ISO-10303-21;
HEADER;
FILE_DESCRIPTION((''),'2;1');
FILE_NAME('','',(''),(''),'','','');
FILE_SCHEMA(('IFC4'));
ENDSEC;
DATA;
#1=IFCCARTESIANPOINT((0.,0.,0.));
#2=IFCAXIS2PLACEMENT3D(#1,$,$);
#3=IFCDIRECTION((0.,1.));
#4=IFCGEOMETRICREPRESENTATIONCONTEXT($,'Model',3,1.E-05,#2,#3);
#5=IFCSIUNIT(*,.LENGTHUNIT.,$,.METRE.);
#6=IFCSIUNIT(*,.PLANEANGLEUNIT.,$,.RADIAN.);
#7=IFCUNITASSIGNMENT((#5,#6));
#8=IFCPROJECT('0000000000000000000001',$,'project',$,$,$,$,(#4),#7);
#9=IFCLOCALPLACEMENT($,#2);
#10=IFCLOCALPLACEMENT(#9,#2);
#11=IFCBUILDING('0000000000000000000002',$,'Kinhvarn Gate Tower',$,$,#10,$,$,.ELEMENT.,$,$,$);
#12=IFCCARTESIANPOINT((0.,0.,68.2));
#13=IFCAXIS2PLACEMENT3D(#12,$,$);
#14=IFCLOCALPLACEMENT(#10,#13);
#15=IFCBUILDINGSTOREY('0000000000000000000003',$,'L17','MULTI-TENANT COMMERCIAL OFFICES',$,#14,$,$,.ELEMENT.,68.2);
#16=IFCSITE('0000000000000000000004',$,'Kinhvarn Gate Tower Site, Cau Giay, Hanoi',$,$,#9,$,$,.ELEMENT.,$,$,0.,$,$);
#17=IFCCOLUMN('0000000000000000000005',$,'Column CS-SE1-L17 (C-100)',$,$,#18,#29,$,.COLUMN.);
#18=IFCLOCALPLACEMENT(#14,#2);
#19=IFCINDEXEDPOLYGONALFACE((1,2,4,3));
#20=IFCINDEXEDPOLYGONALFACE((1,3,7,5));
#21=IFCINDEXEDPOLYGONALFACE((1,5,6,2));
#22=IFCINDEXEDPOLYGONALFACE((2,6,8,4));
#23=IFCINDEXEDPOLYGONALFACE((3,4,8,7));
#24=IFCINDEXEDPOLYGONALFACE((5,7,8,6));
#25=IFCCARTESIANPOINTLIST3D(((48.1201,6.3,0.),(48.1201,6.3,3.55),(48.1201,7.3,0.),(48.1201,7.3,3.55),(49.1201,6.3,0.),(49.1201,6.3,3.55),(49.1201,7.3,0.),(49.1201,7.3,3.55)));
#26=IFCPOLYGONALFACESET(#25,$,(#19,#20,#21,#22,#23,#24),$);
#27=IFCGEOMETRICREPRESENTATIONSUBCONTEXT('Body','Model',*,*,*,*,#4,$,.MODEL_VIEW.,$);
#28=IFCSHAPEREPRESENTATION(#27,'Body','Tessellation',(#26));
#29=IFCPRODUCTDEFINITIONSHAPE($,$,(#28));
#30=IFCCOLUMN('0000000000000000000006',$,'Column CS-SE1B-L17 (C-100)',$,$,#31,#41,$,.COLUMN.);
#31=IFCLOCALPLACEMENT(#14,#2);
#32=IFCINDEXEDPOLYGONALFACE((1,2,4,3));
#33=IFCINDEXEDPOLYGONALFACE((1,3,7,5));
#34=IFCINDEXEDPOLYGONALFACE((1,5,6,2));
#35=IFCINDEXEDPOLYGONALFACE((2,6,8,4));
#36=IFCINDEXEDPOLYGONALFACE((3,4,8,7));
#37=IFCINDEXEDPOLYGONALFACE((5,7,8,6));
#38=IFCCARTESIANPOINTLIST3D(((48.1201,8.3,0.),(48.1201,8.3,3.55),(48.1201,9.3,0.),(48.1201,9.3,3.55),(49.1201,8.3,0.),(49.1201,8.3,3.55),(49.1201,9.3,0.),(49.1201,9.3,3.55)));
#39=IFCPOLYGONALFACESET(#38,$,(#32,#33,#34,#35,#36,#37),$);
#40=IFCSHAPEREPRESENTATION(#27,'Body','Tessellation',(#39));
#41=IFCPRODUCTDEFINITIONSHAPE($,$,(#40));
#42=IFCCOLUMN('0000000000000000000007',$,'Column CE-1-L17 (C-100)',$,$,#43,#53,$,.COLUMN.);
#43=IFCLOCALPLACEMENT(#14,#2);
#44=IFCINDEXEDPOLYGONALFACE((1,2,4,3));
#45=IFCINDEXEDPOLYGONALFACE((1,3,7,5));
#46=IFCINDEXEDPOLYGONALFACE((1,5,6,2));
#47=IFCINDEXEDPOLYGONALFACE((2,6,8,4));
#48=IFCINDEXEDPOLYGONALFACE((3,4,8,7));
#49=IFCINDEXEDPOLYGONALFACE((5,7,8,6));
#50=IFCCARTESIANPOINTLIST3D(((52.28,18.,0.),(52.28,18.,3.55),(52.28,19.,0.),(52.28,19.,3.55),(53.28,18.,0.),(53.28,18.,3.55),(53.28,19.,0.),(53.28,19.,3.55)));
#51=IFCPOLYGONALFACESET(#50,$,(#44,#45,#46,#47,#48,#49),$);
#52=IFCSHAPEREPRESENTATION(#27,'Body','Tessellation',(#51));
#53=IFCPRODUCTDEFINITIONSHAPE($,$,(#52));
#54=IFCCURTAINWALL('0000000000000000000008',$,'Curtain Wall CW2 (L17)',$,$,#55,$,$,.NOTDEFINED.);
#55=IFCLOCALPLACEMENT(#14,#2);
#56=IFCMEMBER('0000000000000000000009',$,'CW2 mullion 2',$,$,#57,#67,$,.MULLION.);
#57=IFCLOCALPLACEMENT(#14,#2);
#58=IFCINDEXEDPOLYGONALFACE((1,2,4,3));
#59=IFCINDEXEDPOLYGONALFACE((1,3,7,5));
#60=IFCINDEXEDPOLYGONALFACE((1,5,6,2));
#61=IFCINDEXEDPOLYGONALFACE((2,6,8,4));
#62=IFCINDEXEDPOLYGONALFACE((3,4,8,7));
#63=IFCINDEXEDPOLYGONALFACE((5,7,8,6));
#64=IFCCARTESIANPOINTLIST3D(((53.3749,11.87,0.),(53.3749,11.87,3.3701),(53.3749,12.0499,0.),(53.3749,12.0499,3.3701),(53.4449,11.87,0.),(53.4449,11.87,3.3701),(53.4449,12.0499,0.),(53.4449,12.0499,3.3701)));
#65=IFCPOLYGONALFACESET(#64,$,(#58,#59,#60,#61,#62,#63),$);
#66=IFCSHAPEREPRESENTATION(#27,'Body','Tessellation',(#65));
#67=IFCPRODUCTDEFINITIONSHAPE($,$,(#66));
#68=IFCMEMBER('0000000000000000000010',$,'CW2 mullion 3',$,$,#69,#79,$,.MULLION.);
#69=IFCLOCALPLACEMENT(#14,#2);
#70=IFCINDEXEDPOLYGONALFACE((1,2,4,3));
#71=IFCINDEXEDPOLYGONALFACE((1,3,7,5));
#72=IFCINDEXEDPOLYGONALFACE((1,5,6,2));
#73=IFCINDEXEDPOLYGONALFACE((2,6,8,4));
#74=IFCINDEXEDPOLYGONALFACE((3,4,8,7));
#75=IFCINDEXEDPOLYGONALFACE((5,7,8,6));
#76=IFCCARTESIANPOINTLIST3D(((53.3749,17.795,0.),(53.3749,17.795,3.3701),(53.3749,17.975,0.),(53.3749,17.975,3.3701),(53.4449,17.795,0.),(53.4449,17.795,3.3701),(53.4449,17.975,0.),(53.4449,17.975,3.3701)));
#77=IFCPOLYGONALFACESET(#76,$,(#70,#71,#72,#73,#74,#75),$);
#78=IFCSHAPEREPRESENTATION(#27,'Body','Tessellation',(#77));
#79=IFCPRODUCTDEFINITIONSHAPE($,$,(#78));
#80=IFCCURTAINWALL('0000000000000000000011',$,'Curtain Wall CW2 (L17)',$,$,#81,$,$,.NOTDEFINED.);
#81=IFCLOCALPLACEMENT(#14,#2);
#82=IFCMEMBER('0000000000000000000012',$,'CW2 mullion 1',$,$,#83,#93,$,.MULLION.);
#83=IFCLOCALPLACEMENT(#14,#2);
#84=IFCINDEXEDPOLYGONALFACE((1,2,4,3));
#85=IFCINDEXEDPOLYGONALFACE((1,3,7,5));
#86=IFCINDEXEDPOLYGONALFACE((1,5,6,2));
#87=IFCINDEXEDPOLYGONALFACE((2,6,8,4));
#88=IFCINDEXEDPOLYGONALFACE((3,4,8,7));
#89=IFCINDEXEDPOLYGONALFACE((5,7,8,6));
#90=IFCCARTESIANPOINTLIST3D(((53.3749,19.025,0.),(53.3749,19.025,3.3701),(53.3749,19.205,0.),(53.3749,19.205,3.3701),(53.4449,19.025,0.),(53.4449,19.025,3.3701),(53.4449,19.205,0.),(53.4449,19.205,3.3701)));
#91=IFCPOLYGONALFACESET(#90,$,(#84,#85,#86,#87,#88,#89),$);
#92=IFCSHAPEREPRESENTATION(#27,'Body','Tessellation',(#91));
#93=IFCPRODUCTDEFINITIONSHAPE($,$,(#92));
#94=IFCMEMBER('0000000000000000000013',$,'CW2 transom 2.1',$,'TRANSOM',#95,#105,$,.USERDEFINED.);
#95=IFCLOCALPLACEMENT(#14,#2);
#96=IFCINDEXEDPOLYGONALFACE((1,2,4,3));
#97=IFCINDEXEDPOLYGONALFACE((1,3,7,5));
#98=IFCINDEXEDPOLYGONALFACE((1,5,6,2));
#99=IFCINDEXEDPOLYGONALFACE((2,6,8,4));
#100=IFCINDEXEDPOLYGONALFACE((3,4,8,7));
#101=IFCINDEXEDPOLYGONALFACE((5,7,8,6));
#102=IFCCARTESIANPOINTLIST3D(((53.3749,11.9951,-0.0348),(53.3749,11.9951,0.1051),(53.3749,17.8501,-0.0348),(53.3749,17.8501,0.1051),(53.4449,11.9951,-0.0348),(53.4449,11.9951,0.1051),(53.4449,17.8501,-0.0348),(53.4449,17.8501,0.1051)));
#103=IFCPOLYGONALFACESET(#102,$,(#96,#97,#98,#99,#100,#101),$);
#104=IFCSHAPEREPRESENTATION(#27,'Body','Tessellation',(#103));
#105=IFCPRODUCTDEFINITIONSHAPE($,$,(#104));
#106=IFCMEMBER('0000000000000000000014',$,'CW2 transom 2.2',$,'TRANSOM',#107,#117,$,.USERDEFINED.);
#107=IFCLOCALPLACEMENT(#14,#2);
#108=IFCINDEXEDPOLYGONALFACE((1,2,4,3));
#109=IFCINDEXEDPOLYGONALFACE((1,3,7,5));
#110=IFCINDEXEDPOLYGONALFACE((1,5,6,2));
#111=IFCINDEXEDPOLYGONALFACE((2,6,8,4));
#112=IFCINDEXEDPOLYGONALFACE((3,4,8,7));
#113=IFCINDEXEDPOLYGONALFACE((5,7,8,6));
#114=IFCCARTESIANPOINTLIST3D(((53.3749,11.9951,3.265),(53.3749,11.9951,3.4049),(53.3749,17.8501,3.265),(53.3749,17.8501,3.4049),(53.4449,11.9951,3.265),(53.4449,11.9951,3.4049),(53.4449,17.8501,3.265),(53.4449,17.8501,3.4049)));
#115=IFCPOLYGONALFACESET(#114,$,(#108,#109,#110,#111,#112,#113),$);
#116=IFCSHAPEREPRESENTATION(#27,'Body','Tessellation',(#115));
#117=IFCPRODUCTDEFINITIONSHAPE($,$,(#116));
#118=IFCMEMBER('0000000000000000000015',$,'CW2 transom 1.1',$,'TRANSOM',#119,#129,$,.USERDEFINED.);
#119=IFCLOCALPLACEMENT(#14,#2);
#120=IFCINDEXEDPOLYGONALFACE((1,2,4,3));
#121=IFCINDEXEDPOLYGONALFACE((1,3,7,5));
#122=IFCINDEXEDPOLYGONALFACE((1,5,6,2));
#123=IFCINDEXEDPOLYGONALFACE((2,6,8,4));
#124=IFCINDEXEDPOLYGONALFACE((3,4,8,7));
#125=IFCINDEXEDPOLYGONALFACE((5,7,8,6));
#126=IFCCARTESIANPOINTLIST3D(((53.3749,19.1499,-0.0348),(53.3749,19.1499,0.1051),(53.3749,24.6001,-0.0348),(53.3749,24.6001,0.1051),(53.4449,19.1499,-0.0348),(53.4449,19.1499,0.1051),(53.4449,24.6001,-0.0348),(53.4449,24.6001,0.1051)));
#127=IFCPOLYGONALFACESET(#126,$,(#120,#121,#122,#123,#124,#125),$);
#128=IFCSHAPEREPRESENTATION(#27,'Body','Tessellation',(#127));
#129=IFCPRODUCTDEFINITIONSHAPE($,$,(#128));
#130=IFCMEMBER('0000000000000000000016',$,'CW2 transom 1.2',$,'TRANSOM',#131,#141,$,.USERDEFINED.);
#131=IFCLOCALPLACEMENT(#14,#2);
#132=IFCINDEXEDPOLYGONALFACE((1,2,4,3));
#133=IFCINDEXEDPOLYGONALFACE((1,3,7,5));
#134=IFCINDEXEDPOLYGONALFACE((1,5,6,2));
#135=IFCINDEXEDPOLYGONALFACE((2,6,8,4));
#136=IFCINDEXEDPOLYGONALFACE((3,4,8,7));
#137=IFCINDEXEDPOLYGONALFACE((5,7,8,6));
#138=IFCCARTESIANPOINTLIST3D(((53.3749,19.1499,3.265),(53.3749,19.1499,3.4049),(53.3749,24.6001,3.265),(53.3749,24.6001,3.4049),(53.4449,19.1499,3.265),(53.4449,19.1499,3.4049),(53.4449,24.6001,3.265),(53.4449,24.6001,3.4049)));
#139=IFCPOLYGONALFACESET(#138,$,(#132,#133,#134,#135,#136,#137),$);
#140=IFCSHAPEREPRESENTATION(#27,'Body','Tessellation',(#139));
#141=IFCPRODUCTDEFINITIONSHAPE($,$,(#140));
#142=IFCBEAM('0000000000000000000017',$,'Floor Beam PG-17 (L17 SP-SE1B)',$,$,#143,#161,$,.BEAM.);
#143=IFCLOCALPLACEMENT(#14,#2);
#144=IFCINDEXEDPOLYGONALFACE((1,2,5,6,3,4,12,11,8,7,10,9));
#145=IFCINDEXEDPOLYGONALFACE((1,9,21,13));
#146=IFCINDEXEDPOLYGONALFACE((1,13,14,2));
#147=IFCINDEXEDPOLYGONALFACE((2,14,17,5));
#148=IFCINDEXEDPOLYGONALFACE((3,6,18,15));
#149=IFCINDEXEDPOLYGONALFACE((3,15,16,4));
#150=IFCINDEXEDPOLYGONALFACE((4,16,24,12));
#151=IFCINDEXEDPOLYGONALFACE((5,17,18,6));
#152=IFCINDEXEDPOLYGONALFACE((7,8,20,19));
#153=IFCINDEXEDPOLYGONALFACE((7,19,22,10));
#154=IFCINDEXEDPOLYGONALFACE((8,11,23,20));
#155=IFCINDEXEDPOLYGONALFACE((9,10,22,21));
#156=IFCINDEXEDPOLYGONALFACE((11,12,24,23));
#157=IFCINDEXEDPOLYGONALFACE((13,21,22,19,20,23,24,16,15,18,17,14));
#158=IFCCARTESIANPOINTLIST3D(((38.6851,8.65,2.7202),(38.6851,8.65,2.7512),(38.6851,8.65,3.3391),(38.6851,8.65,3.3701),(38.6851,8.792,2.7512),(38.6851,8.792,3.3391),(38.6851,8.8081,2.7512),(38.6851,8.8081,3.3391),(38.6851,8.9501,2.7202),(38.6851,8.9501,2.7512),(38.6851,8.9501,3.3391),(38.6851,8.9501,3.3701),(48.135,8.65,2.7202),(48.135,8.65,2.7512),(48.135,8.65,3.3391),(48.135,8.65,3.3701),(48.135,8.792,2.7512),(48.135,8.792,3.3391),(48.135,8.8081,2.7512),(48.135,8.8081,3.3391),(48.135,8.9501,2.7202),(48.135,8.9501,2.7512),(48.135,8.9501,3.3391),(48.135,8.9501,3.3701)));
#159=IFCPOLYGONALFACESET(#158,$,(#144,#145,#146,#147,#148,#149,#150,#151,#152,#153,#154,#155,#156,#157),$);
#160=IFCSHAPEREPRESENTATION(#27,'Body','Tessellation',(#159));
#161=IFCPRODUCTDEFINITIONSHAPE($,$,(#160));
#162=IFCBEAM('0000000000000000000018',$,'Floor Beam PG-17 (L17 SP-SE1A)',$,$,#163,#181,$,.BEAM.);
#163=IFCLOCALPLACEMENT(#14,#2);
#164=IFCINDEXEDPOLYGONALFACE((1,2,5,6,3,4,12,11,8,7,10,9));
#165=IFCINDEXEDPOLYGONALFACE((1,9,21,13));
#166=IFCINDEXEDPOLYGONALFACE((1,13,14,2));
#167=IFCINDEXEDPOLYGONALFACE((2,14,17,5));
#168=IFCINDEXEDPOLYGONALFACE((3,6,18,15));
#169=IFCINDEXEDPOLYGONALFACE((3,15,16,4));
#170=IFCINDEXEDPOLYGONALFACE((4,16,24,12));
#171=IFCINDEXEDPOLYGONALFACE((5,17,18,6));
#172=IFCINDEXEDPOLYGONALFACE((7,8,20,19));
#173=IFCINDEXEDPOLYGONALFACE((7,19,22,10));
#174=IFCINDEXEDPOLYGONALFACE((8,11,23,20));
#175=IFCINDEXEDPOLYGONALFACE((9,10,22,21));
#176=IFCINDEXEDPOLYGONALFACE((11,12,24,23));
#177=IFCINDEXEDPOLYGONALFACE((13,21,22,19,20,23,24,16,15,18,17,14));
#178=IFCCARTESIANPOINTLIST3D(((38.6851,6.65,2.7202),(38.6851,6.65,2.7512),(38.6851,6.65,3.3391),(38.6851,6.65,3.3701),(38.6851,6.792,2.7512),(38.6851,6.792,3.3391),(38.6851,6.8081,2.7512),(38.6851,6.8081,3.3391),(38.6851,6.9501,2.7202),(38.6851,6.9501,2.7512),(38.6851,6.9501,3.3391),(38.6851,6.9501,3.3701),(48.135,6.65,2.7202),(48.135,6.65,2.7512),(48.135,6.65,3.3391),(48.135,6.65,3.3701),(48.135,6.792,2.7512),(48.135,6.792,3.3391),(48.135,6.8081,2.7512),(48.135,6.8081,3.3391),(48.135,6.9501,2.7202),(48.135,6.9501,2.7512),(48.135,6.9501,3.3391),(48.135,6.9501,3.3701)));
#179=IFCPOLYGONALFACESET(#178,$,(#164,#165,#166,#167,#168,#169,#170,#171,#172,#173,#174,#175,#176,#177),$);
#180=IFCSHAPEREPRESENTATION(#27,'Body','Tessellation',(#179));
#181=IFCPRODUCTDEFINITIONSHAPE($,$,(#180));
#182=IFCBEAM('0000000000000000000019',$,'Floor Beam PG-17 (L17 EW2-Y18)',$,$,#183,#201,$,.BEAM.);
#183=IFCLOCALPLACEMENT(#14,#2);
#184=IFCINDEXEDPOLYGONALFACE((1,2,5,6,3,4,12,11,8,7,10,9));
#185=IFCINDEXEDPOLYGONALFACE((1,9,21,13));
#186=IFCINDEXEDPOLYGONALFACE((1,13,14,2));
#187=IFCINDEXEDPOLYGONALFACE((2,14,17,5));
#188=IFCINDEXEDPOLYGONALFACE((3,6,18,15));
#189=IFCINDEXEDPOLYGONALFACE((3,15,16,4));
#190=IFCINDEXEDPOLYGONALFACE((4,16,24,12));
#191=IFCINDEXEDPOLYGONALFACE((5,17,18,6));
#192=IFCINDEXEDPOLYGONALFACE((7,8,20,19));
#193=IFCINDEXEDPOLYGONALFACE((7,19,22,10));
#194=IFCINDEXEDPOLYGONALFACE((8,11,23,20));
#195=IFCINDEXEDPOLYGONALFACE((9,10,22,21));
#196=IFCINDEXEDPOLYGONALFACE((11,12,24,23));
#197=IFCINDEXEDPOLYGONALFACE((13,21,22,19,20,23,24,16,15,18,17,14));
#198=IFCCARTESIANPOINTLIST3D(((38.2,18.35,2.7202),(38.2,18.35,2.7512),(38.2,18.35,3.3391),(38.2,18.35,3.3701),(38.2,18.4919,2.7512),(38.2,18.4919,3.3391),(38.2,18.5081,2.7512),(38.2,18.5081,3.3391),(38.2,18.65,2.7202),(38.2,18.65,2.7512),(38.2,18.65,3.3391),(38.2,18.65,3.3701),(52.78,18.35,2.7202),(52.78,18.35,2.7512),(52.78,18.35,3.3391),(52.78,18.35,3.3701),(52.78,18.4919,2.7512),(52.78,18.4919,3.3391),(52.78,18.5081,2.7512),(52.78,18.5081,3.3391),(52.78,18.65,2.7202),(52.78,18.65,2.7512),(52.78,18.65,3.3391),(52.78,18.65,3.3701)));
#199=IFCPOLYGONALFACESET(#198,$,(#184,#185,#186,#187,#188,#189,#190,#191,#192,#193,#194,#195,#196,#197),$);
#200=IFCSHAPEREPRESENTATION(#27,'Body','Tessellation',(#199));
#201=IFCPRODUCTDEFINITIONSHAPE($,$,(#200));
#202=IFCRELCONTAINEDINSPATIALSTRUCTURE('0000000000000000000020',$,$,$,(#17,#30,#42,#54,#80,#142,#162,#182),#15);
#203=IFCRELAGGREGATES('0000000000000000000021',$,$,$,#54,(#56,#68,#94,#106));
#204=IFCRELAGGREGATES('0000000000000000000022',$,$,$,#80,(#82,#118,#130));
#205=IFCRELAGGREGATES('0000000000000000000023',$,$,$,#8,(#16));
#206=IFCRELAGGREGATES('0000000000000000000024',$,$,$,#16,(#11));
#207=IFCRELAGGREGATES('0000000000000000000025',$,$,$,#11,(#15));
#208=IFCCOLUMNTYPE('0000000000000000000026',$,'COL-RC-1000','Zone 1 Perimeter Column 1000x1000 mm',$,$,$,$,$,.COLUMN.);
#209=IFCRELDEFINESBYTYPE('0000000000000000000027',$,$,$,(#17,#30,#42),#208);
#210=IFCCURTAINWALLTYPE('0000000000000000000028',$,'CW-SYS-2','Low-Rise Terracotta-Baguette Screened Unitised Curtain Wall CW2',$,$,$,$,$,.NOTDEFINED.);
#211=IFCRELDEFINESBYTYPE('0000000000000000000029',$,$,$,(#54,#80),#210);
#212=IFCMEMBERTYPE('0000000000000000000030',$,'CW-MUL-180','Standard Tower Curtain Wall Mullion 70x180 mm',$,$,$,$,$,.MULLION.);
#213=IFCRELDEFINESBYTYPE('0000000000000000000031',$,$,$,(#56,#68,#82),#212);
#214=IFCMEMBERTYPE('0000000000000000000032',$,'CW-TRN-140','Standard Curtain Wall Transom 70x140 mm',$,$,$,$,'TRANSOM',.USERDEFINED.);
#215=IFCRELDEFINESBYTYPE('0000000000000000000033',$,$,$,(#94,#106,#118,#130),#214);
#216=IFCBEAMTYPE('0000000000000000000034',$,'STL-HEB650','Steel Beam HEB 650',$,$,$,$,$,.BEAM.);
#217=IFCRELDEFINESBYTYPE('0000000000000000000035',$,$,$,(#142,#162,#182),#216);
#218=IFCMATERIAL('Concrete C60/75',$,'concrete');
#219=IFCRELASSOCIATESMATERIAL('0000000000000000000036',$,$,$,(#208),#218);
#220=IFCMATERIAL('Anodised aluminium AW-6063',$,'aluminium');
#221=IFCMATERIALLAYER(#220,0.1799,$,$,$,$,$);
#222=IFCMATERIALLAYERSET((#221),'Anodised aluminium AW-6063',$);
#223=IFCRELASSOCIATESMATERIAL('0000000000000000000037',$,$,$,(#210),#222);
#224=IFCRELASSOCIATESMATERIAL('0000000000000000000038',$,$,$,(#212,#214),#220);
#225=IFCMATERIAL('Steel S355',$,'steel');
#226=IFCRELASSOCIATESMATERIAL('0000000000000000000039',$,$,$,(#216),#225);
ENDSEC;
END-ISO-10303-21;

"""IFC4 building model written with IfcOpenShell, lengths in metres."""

from ifc_helpers import new_model, si_unit, direction, frame, origin, origin_2d, place, context, subcontext, project, spatial, rectangle, i_section, extrude, material, layer, layer_set, material_profile, profile_set, type_object, element, aggregate, save


model = new_model("IFC4")

# Units and contexts
model_context = context("Model", 3, precision=1e-05, world=origin(), true_north=direction((0.0, 1.0)))
body_context = subcontext(model_context, "Body", "Model", "MODEL_VIEW")
ifc_project = project(units=[si_unit("LENGTHUNIT", "METRE"), si_unit("PLANEANGLEUNIT", "RADIAN")], contexts=[model_context])

# Site, building, storey
site_placement = place(None, origin())
site = spatial("IfcSite", under=ifc_project, at=site_placement, Name="Kinhvarn Gate Tower Site, Cau Giay, Hanoi", CompositionType="ELEMENT", RefElevation=0.0)
building_placement = place(site_placement, origin())
building = spatial("IfcBuilding", under=site, at=building_placement, Name="Kinhvarn Gate Tower", CompositionType="ELEMENT")
storey_placement = place(building_placement, frame((0.0, 0.0, 68.2)))
storey = spatial("IfcBuildingStorey", under=building, at=storey_placement, Name="L17", Description="MULTI-TENANT COMMERCIAL OFFICES", CompositionType="ELEMENT", Elevation=68.2)

# Columns
ifc_material_1 = material(Name="Concrete C60/75", Category="concrete")
ifc_material_profile_1 = material_profile(ifc_material_1, rectangle(XDim=1.0, YDim=1.0, at=origin_2d()), Name="RC 1000x1000")
ifc_profile_set_1 = profile_set([ifc_material_profile_1], Name="Concrete C60/75")
column_type = type_object("IfcColumnType", Name="COL-RC-1000", Description="Zone 1 Perimeter Column 1000x1000 mm", PredefinedType="COLUMN", material=ifc_profile_set_1)
for number, where, z_axis, x_axis, name in (
    (1, (48.6201, 6.8, 0.0), (0.0, 0.0, 1.0), (1.0, 0.0, 0.0), "Column CS-SE1-L17 (C-100)"),
    (2, (48.6201, 8.8, 0.0), (0.0, 0.0, 1.0), (1.0, 0.0, 0.0), "Column CS-SE1B-L17 (C-100)"),
    (3, (52.78, 18.5, 0.0), (0.0, 0.0, 1.0), (1.0, 0.0, 0.0), "Column CE-1-L17 (C-100)"),
):
    element("IfcColumn", number, at=place(storey_placement, frame(where, z_axis=z_axis, x_axis=x_axis)), inside=storey, type_object=column_type, Name=name, PredefinedType="COLUMN", context=body_context, shape_type="SweptSolid", body=[
        extrude(rectangle(XDim=1.0, YDim=1.0, at=origin_2d()), origin(), (0.0, 0.0, 1.0), 3.55),
    ])

# Curtain wall, members
ifc_material_2 = material(Name="Anodised aluminium AW-6063", Category="aluminium")
ifc_layer_1 = layer(ifc_material_2, 0.1799)
ifc_layer_set_1 = layer_set([ifc_layer_1], Name="Anodised aluminium AW-6063")
curtain_wall_type = type_object("IfcCurtainWallType", Name="CW-SYS-2", Description="Low-Rise Terracotta-Baguette Screened Unitised Curtain Wall CW2", PredefinedType="NOTDEFINED", material=ifc_layer_set_1)
curtain_wall_1_placement = place(storey_placement, origin())
curtain_wall_1 = element("IfcCurtainWall", 4, at=curtain_wall_1_placement, inside=storey, type_object=curtain_wall_type, Name="Curtain Wall CW2 (L17)", PredefinedType="NOTDEFINED")
ifc_material_profile_2 = material_profile(ifc_material_2, rectangle(XDim=0.0701, YDim=0.1799, at=origin_2d()), Name="ALU 70x180")
ifc_profile_set_2 = profile_set([ifc_material_profile_2], Name="Anodised aluminium AW-6063")
member_type_1 = type_object("IfcMemberType", Name="CW-MUL-180", Description="Standard Tower Curtain Wall Mullion 70x180 mm", PredefinedType="MULLION", material=ifc_profile_set_2)
member_1_placement = place(storey_placement, frame((53.4099, 11.96, 0.0), z_axis=(0.0, 0.0, 1.0), x_axis=(-1.0, 0.0, 0.0)))
member_1 = element("IfcMember", 5, at=member_1_placement, type_object=member_type_1, Name="CW2 mullion 2", PredefinedType="MULLION", context=body_context, shape_type="SweptSolid", body=[
    extrude(rectangle(XDim=0.0701, YDim=0.1799, at=origin_2d()), origin(), (0.0, 0.0, 1.0), 3.3701),
])
member_2_placement = place(storey_placement, frame((53.4099, 17.885, 0.0), z_axis=(0.0, 0.0, 1.0), x_axis=(-1.0, 0.0, 0.0)))
member_2 = element("IfcMember", 6, at=member_2_placement, type_object=member_type_1, Name="CW2 mullion 3", PredefinedType="MULLION", context=body_context, shape_type="SweptSolid", body=[
    extrude(rectangle(XDim=0.0701, YDim=0.1799, at=origin_2d()), origin(), (0.0, 0.0, 1.0), 3.3701),
])

# Curtain wall, member
curtain_wall_2_placement = place(storey_placement, origin())
curtain_wall_2 = element("IfcCurtainWall", 7, at=curtain_wall_2_placement, inside=storey, type_object=curtain_wall_type, Name="Curtain Wall CW2 (L17)", PredefinedType="NOTDEFINED")
member_3_placement = place(storey_placement, frame((53.4099, 19.115, 0.0), z_axis=(0.0, 0.0, 1.0), x_axis=(-1.0, 0.0, 0.0)))
member_3 = element("IfcMember", 8, at=member_3_placement, type_object=member_type_1, Name="CW2 mullion 1", PredefinedType="MULLION", context=body_context, shape_type="SweptSolid", body=[
    extrude(rectangle(XDim=0.0701, YDim=0.1799, at=origin_2d()), origin(), (0.0, 0.0, 1.0), 3.3701),
])

# Members
ifc_material_profile_3 = material_profile(ifc_material_2, rectangle(XDim=0.0701, YDim=0.1399, at=origin_2d()), Name="ALU 70x140")
ifc_profile_set_3 = profile_set([ifc_material_profile_3], Name="Anodised aluminium AW-6063")
member_type_2 = type_object("IfcMemberType", Name="CW-TRN-140", Description="Standard Curtain Wall Transom 70x140 mm", ElementType="TRANSOM", PredefinedType="USERDEFINED", material=ifc_profile_set_3)
member_4_placement = place(storey_placement, frame((53.4099, 11.9951, 0.0352), z_axis=(0.0, 1.0, 0.0), x_axis=(-1.0, 0.0, 0.0)))
member_4 = element("IfcMember", 9, at=member_4_placement, type_object=member_type_2, Name="CW2 transom 2.1", ObjectType="TRANSOM", PredefinedType="USERDEFINED", context=body_context, shape_type="SweptSolid", body=[
    extrude(rectangle(XDim=0.0701, YDim=0.1399, at=origin_2d()), origin(), (0.0, 0.0, 1.0), 5.855),
])
member_5_placement = place(storey_placement, frame((53.4099, 11.9951, 3.335), z_axis=(0.0, 1.0, 0.0), x_axis=(-1.0, 0.0, 0.0)))
member_5 = element("IfcMember", 10, at=member_5_placement, type_object=member_type_2, Name="CW2 transom 2.2", ObjectType="TRANSOM", PredefinedType="USERDEFINED", context=body_context, shape_type="SweptSolid", body=[
    extrude(rectangle(XDim=0.0701, YDim=0.1399, at=origin_2d()), origin(), (0.0, 0.0, 1.0), 5.855),
])
member_6_placement = place(storey_placement, frame((53.4099, 19.1499, 0.0352), z_axis=(0.0, 1.0, 0.0), x_axis=(-1.0, 0.0, 0.0)))
member_6 = element("IfcMember", 11, at=member_6_placement, type_object=member_type_2, Name="CW2 transom 1.1", ObjectType="TRANSOM", PredefinedType="USERDEFINED", context=body_context, shape_type="SweptSolid", body=[
    extrude(rectangle(XDim=0.0701, YDim=0.1399, at=origin_2d()), origin(), (0.0, 0.0, 1.0), 5.4502),
])
member_7_placement = place(storey_placement, frame((53.4099, 19.1499, 3.335), z_axis=(0.0, 1.0, 0.0), x_axis=(-1.0, 0.0, 0.0)))
member_7 = element("IfcMember", 12, at=member_7_placement, type_object=member_type_2, Name="CW2 transom 1.2", ObjectType="TRANSOM", PredefinedType="USERDEFINED", context=body_context, shape_type="SweptSolid", body=[
    extrude(rectangle(XDim=0.0701, YDim=0.1399, at=origin_2d()), origin(), (0.0, 0.0, 1.0), 5.4502),
])

# Beams
ifc_material_3 = material(Name="Steel S355", Category="steel")
ifc_material_profile_4 = material_profile(ifc_material_3, i_section(OverallWidth=0.3, OverallDepth=0.6499, WebThickness=0.0161, FlangeThickness=0.031, at=origin_2d()), Name="HEB 650")
ifc_profile_set_4 = profile_set([ifc_material_profile_4], Name="Steel S355")
beam_type_1 = type_object("IfcBeamType", Name="STL-HEB650", Description="Steel Beam HEB 650", PredefinedType="BEAM", material=ifc_profile_set_4)
for number, where, z_axis, x_axis, name in (
    (13, (38.6851, 8.8, 3.0452), (1.0, 0.0, 0.0), (0.0, 1.0, 0.0), "Floor Beam PG-17 (L17 SP-SE1B)"),
    (14, (38.6851, 6.8, 3.0452), (1.0, 0.0, 0.0), (0.0, 1.0, 0.0), "Floor Beam PG-17 (L17 SP-SE1A)"),
):
    element("IfcBeam", number, at=place(storey_placement, frame(where, z_axis=z_axis, x_axis=x_axis)), inside=storey, type_object=beam_type_1, Name=name, PredefinedType="BEAM", context=body_context, shape_type="SweptSolid", body=[
        extrude(i_section(OverallWidth=0.3, OverallDepth=0.6499, WebThickness=0.0161, FlangeThickness=0.031, at=origin_2d()), origin(), (0.0, 0.0, 1.0), 9.45),
    ])
beam_1_placement = place(storey_placement, frame((38.2, 18.5, 3.0452), z_axis=(1.0, 0.0, 0.0), x_axis=(0.0, 1.0, 0.0)))
element("IfcBeam", 15, at=beam_1_placement, inside=storey, type_object=beam_type_1, Name="Floor Beam PG-17 (L17 EW2-Y18)", PredefinedType="BEAM", context=body_context, shape_type="SweptSolid", body=[
    extrude(i_section(OverallWidth=0.3, OverallDepth=0.6499, WebThickness=0.0161, FlangeThickness=0.031, at=origin_2d()), origin(), (0.0, 0.0, 1.0), 14.5801),
])

aggregate(curtain_wall_1, [member_1, member_2, member_4, member_5])
aggregate(curtain_wall_2, [member_3, member_6, member_7])

save(model, "model.ifc")
